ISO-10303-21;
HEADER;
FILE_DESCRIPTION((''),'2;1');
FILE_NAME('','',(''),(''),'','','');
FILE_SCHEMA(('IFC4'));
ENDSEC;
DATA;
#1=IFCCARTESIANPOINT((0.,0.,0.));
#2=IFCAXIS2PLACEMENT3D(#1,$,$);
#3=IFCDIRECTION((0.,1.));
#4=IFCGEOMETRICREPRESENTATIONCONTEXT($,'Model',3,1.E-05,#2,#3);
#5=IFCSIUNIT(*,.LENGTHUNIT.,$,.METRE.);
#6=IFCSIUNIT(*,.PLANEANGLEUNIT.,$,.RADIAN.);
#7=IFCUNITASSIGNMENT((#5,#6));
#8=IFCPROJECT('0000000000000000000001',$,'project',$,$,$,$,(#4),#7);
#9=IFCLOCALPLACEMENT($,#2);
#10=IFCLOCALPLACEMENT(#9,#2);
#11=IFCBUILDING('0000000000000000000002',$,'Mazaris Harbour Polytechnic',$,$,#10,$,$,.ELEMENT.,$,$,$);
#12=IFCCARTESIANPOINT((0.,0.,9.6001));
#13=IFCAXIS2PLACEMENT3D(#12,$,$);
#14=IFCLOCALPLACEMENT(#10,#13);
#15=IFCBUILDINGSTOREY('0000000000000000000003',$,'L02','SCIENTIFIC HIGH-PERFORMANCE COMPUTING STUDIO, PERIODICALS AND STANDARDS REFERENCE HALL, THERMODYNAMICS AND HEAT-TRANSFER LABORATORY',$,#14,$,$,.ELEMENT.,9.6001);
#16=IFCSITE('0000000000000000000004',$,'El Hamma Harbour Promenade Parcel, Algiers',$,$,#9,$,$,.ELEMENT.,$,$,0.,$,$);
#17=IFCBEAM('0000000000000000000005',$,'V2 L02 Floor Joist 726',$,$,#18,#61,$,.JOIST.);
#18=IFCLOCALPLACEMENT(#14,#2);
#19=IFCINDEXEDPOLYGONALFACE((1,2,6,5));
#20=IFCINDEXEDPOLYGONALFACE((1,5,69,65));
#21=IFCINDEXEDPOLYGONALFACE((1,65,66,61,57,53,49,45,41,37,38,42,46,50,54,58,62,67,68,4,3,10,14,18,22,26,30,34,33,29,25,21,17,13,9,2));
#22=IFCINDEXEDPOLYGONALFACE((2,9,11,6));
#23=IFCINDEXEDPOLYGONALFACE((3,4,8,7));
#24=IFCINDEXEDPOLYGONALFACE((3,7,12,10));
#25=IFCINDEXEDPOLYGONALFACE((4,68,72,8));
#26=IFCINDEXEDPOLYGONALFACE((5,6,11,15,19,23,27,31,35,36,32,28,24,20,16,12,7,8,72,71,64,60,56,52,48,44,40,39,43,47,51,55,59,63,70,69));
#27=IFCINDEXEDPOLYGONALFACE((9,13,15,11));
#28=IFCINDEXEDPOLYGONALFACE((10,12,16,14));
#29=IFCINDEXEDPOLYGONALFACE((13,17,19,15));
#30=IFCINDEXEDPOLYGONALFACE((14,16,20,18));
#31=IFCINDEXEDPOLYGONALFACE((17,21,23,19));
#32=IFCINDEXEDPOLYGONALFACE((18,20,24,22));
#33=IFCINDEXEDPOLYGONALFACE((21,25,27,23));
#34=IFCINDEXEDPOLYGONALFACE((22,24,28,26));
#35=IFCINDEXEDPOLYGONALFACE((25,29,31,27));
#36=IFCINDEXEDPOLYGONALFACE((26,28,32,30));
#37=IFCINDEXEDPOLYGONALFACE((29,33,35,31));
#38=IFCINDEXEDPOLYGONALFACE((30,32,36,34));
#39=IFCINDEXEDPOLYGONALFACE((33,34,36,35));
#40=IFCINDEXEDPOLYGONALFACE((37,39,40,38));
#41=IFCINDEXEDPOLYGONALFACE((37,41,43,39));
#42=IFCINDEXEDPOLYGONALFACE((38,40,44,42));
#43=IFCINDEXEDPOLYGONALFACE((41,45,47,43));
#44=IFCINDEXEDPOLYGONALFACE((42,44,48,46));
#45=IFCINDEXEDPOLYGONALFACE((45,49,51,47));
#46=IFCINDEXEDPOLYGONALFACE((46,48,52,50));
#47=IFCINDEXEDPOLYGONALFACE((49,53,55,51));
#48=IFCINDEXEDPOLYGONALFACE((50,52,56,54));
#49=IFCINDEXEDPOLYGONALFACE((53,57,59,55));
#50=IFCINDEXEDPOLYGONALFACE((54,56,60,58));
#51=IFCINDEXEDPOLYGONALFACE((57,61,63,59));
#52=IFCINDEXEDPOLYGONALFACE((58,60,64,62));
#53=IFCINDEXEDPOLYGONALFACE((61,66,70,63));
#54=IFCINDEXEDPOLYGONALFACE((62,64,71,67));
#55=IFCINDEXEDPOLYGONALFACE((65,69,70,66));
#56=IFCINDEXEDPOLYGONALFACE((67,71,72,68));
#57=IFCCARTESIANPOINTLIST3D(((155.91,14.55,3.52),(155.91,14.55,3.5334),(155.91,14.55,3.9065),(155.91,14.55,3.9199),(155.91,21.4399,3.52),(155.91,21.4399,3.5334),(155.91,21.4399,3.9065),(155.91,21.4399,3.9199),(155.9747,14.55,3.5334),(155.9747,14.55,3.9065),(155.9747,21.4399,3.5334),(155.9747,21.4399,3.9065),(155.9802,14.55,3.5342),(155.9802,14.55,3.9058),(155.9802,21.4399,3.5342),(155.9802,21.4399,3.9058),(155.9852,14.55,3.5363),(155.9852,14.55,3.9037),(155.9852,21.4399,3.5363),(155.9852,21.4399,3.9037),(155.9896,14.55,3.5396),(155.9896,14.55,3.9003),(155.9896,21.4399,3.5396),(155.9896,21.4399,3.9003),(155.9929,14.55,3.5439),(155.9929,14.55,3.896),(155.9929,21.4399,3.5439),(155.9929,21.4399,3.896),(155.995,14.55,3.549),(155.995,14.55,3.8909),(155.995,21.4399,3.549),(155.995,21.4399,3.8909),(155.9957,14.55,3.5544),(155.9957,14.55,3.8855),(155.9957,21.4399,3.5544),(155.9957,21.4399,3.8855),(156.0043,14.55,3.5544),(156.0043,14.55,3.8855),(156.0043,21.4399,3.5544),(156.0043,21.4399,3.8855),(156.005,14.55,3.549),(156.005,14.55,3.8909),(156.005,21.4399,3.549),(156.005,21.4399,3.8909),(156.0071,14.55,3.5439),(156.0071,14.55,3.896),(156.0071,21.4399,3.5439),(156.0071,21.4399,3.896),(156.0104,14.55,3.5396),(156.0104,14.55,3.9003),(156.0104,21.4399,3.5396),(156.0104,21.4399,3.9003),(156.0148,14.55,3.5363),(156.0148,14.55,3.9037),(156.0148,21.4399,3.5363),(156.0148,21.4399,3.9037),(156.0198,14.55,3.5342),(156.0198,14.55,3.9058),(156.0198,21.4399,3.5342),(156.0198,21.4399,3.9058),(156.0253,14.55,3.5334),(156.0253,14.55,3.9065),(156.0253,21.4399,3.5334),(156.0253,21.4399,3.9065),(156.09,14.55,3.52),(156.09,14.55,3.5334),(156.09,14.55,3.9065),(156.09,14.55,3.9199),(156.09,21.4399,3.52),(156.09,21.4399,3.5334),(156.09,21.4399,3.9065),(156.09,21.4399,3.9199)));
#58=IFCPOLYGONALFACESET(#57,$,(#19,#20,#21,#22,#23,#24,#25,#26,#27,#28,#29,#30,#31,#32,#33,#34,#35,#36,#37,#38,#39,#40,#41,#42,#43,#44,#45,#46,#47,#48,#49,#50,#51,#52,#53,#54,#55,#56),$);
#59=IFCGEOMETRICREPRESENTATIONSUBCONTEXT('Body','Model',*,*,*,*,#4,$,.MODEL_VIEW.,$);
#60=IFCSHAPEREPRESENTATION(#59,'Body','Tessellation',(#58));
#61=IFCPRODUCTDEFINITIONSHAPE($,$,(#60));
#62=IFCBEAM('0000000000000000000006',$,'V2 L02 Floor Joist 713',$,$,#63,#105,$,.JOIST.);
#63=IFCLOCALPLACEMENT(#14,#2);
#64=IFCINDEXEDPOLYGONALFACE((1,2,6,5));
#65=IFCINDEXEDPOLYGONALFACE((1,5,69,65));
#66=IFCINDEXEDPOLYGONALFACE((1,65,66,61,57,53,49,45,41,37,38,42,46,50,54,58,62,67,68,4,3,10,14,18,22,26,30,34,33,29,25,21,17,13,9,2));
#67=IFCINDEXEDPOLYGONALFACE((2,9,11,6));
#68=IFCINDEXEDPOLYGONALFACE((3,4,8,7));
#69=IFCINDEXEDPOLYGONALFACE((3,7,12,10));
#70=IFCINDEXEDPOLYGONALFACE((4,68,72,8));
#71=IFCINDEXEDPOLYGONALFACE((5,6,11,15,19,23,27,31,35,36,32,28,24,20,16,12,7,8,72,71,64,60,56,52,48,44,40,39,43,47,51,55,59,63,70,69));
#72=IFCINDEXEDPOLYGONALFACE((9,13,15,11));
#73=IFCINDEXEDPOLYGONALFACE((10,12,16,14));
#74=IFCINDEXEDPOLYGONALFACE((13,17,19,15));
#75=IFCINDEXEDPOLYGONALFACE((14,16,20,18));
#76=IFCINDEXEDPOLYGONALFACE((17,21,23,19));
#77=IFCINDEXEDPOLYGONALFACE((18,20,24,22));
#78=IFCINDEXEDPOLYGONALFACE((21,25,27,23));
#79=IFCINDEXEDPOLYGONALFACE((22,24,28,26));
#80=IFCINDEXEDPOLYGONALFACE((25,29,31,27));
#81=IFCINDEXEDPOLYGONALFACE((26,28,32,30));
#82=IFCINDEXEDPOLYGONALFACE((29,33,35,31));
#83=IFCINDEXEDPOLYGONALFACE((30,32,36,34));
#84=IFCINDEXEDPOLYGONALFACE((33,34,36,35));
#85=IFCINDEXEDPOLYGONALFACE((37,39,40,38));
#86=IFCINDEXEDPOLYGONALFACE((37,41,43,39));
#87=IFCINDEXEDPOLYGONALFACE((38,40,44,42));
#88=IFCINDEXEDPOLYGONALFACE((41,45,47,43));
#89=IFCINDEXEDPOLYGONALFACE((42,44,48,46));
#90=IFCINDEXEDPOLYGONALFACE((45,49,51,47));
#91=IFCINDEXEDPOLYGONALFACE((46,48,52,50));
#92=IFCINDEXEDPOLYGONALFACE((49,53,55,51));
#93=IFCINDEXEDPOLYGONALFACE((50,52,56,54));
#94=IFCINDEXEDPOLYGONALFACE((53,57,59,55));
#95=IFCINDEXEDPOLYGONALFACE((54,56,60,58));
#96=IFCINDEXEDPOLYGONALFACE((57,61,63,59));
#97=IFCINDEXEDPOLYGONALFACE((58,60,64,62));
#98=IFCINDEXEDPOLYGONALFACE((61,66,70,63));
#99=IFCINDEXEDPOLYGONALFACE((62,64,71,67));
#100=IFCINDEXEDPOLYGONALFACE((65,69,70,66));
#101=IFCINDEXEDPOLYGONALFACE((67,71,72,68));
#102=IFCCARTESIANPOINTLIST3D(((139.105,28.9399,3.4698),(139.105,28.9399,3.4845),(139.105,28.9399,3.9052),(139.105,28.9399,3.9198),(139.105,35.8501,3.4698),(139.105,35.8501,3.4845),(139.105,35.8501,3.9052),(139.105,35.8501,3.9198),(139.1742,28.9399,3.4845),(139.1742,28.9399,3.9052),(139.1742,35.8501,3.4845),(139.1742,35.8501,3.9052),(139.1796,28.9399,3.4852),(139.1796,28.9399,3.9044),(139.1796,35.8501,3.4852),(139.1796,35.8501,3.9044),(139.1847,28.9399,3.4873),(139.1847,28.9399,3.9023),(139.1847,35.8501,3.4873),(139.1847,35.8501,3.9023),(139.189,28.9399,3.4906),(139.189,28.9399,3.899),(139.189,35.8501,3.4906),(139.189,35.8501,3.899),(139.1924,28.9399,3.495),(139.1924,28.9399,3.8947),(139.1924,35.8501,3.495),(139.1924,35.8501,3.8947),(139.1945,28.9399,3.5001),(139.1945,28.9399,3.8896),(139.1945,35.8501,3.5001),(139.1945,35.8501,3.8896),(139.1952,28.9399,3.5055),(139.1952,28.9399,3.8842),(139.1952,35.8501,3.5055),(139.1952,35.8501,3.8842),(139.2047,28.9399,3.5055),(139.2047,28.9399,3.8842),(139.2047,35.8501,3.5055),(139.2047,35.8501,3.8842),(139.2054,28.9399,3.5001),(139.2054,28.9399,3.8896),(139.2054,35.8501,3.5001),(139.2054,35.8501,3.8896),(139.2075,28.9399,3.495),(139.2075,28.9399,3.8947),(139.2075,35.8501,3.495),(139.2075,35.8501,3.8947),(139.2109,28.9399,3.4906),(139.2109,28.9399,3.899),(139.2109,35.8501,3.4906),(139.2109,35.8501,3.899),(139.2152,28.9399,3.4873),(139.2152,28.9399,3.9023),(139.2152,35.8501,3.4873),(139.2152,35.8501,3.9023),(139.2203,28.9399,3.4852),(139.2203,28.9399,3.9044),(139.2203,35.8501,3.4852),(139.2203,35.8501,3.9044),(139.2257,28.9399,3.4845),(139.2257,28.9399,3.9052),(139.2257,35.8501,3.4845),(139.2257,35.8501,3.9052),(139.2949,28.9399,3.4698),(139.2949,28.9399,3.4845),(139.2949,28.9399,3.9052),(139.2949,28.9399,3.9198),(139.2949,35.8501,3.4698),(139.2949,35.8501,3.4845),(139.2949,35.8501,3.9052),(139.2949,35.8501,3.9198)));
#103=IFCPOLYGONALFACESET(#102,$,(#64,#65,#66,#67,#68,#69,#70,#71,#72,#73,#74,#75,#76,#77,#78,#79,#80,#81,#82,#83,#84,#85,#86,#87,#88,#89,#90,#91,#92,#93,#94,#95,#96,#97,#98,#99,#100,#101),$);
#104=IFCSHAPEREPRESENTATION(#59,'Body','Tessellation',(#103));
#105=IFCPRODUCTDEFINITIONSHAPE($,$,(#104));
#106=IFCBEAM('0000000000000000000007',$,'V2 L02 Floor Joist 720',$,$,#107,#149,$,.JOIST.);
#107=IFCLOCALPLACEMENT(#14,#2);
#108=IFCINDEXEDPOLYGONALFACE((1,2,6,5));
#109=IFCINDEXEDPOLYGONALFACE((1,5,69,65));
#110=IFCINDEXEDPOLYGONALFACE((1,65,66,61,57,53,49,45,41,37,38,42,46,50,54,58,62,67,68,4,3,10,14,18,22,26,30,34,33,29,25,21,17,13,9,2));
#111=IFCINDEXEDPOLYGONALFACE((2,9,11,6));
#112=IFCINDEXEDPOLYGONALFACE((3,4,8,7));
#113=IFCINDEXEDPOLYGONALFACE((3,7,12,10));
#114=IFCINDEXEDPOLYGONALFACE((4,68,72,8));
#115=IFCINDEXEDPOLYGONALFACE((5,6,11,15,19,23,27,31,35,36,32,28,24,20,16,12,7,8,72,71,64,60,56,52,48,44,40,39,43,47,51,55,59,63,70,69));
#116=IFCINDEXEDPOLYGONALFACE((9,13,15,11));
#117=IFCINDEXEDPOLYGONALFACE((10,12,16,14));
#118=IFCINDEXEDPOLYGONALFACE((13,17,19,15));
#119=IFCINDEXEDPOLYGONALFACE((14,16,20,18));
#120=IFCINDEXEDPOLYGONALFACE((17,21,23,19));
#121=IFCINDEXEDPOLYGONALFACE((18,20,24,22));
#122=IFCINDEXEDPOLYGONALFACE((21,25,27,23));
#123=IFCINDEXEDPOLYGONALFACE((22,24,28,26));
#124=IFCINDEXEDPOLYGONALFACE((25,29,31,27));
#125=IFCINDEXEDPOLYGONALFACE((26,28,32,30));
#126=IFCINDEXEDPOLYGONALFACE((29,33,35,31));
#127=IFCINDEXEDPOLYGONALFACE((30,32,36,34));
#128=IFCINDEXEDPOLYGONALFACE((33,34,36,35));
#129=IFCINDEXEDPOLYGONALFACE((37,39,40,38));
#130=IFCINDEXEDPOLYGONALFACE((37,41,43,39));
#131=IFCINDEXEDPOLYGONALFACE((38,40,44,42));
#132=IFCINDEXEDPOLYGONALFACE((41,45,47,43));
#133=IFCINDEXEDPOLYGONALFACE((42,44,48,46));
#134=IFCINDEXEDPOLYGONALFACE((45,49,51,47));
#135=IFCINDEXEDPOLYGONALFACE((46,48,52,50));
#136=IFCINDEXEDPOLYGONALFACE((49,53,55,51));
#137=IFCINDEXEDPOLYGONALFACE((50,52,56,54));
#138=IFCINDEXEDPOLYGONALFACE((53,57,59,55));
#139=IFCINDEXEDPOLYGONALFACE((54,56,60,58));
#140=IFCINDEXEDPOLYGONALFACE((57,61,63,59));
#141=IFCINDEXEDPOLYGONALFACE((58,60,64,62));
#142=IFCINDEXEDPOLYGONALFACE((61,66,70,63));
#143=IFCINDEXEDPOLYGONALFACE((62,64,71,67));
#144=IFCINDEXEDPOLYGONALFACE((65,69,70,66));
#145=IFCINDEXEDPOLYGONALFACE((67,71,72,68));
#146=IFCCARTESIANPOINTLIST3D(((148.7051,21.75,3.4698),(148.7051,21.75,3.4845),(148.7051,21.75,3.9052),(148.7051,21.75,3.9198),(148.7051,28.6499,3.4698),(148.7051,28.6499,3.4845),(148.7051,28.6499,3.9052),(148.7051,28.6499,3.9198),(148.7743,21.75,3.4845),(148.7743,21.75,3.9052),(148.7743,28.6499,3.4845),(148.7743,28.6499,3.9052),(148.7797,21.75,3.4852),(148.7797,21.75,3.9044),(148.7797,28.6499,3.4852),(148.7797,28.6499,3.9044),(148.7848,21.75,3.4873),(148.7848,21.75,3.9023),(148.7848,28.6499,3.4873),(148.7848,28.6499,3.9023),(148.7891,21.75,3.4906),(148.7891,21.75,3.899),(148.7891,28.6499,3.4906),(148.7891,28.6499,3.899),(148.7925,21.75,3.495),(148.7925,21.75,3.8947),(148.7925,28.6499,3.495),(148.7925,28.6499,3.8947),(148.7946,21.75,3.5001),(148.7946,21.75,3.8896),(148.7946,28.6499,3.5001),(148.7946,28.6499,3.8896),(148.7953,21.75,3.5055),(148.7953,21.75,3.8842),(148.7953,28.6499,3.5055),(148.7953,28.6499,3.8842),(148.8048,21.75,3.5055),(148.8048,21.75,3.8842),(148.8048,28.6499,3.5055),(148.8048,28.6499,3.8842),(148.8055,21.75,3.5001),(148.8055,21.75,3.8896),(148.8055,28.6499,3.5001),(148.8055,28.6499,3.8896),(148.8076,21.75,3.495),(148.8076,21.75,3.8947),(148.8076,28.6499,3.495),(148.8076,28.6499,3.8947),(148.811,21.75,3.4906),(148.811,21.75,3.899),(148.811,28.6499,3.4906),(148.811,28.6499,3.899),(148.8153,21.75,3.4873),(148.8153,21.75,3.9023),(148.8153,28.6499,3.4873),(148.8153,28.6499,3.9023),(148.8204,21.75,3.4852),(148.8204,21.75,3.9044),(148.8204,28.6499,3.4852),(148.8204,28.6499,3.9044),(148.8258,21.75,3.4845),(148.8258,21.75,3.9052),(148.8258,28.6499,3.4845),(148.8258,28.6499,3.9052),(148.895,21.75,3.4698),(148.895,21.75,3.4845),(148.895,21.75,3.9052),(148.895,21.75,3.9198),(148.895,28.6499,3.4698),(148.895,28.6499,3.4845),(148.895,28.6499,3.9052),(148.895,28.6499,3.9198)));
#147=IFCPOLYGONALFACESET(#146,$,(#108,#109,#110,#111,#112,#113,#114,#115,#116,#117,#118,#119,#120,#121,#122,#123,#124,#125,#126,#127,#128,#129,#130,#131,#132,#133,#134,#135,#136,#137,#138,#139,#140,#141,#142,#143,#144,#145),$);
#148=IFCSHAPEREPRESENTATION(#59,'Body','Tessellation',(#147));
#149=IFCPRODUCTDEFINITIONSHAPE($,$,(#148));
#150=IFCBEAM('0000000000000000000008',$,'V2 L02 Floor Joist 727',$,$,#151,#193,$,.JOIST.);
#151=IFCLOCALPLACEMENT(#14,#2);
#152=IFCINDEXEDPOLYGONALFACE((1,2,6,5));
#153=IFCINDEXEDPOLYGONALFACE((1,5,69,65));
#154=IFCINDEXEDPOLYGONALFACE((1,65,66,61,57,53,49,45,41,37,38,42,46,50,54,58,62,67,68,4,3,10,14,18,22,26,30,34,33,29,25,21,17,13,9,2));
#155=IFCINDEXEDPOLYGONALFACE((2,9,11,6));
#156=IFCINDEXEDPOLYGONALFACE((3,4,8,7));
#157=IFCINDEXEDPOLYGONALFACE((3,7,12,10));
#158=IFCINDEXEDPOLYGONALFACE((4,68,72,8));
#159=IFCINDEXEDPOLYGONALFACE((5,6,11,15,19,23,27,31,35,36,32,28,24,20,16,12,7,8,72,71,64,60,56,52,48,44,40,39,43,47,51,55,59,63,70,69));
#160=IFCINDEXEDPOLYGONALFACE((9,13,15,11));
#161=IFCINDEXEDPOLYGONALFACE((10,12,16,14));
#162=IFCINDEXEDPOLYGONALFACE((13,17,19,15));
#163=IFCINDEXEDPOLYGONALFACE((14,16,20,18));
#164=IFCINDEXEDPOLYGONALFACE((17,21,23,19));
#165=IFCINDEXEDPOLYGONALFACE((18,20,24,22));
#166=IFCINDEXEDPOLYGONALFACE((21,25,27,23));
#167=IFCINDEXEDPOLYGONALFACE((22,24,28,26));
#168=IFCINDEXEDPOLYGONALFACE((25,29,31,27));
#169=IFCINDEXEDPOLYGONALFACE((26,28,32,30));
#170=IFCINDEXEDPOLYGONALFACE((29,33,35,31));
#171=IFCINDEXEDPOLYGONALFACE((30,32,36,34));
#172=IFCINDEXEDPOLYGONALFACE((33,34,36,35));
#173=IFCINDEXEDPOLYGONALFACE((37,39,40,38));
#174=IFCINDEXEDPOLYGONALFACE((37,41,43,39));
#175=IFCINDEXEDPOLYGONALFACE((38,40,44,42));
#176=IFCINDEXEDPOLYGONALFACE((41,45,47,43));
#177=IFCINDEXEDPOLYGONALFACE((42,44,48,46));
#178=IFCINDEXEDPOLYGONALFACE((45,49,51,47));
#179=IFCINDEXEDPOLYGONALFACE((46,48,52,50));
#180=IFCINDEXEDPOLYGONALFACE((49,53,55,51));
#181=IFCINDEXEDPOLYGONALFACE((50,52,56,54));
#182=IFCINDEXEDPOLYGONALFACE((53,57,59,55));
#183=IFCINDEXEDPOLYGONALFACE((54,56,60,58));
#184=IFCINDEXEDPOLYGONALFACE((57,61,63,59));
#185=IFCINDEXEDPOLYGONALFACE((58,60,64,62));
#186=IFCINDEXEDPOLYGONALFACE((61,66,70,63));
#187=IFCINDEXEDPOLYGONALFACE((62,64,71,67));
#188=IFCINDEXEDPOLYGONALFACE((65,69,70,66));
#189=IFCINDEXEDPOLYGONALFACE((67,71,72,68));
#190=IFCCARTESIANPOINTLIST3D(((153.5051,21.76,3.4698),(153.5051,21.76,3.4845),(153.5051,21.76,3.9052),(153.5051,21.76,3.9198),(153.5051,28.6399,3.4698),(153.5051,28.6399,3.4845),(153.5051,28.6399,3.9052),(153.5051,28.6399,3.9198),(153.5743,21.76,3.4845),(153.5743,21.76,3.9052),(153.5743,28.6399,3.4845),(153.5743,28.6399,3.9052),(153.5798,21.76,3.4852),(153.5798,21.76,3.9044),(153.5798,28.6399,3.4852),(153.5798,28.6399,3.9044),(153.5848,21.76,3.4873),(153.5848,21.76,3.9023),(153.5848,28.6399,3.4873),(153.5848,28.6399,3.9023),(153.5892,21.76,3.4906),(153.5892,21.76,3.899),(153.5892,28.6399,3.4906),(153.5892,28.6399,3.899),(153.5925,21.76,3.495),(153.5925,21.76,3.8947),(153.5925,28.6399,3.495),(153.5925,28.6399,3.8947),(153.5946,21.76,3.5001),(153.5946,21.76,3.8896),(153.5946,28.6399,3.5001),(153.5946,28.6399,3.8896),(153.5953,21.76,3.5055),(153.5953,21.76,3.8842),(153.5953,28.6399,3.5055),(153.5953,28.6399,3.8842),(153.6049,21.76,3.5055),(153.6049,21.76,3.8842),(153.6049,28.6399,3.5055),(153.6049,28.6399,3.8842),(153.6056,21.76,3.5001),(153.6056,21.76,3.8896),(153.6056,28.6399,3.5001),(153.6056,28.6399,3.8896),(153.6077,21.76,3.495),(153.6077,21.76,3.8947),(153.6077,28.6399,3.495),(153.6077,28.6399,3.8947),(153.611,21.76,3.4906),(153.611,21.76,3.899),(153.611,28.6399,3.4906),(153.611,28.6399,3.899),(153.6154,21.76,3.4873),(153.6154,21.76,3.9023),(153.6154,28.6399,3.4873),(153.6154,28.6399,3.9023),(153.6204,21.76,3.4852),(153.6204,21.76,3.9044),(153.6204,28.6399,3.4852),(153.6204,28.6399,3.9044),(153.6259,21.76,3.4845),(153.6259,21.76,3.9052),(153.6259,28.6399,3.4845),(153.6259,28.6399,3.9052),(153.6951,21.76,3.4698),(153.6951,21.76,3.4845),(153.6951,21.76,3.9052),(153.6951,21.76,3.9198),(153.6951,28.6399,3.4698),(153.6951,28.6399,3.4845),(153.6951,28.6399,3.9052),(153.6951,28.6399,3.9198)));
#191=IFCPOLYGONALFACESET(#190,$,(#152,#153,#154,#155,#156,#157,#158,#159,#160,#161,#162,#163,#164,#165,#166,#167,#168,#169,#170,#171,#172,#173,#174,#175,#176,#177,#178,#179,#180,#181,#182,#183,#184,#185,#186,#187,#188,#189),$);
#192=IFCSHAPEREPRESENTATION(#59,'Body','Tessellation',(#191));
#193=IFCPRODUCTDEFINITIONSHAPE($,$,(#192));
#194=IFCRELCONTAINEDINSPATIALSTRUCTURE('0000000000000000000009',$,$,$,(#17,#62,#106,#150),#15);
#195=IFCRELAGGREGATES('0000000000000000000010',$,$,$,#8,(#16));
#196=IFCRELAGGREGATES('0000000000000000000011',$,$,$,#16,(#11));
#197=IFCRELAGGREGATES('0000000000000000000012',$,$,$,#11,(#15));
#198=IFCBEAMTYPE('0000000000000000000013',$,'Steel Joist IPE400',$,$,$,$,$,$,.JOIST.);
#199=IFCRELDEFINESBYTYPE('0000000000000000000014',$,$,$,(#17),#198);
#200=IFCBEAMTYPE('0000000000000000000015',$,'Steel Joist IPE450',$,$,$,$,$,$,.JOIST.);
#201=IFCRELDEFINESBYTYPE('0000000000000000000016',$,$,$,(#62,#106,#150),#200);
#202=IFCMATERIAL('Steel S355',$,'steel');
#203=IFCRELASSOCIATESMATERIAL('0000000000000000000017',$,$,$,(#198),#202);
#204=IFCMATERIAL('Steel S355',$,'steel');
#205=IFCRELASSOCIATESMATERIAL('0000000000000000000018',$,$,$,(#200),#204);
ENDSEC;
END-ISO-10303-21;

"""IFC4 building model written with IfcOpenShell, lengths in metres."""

from ifc_helpers import new_model, si_unit, direction, frame, origin, origin_2d, place, context, subcontext, project, spatial, i_section, extrude, material, material_profile, profile_set, type_object, element, save


model = new_model("IFC4")

# Units and contexts
model_context = context("Model", 3, precision=1e-05, world=origin(), true_north=direction((0.0, 1.0)))
body_context = subcontext(model_context, "Body", "Model", "MODEL_VIEW")
ifc_project = project(units=[si_unit("LENGTHUNIT", "METRE"), si_unit("PLANEANGLEUNIT", "RADIAN")], contexts=[model_context])

# Site, building, storey
site_placement = place(None, origin())
site = spatial("IfcSite", under=ifc_project, at=site_placement, Name="El Hamma Harbour Promenade Parcel, Algiers", CompositionType="ELEMENT", RefElevation=0.0)
building_placement = place(site_placement, origin())
building = spatial("IfcBuilding", under=site, at=building_placement, Name="Mazaris Harbour Polytechnic", CompositionType="ELEMENT")
storey_placement = place(building_placement, frame((0.0, 0.0, 9.6001)))
storey = spatial("IfcBuildingStorey", under=building, at=storey_placement, Name="L02", Description="SCIENTIFIC HIGH-PERFORMANCE COMPUTING STUDIO, PERIODICALS AND STANDARDS REFERENCE HALL, THERMODYNAMICS AND HEAT-TRANSFER LABORATORY", CompositionType="ELEMENT", Elevation=9.6001)

# Beams
ifc_material_1 = material(Name="Steel S355", Category="steel")
ifc_material_profile_1 = material_profile(ifc_material_1, i_section(OverallWidth=0.1799, OverallDepth=0.3999, WebThickness=0.0085, FlangeThickness=0.0134, FilletRadius=0.021, at=origin_2d()), Name="IPE 400")
ifc_profile_set_1 = profile_set([ifc_material_profile_1], Name="Steel S355")
beam_type_1 = type_object("IfcBeamType", Name="Steel Joist IPE400", PredefinedType="JOIST", material=ifc_profile_set_1)
beam_1_placement = place(storey_placement, frame((156.0, 14.55, 3.72), z_axis=(0.0, 1.0, 0.0), x_axis=(-1.0, 0.0, 0.0)))
element("IfcBeam", 1, at=beam_1_placement, inside=storey, type_object=beam_type_1, Name="V2 L02 Floor Joist 726", PredefinedType="JOIST", context=body_context, shape_type="SweptSolid", body=[
    extrude(i_section(OverallWidth=0.1799, OverallDepth=0.3999, WebThickness=0.0085, FlangeThickness=0.0134, FilletRadius=0.021, at=origin_2d()), origin(), (0.0, 0.0, 1.0), 6.8899),
])
ifc_material_2 = material(Name="Steel S355", Category="steel")
ifc_material_profile_2 = material_profile(ifc_material_2, i_section(OverallWidth=0.1899, OverallDepth=0.45, WebThickness=0.0095, FlangeThickness=0.0146, FilletRadius=0.021, at=origin_2d()), Name="IPE 450")
ifc_profile_set_2 = profile_set([ifc_material_profile_2], Name="Steel S355")
beam_type_2 = type_object("IfcBeamType", Name="Steel Joist IPE450", PredefinedType="JOIST", material=ifc_profile_set_2)
beam_2_placement = place(storey_placement, frame((139.2, 28.9399, 3.6948), z_axis=(0.0, 1.0, 0.0), x_axis=(-1.0, 0.0, 0.0)))
element("IfcBeam", 2, at=beam_2_placement, inside=storey, type_object=beam_type_2, Name="V2 L02 Floor Joist 713", PredefinedType="JOIST", context=body_context, shape_type="SweptSolid", body=[
    extrude(i_section(OverallWidth=0.1899, OverallDepth=0.45, WebThickness=0.0095, FlangeThickness=0.0146, FilletRadius=0.021, at=origin_2d()), origin(), (0.0, 0.0, 1.0), 6.9102),
])
beam_3_placement = place(storey_placement, frame((148.8, 21.75, 3.6948), z_axis=(0.0, 1.0, 0.0), x_axis=(-1.0, 0.0, 0.0)))
element("IfcBeam", 3, at=beam_3_placement, inside=storey, type_object=beam_type_2, Name="V2 L02 Floor Joist 720", PredefinedType="JOIST", context=body_context, shape_type="SweptSolid", body=[
    extrude(i_section(OverallWidth=0.1899, OverallDepth=0.45, WebThickness=0.0095, FlangeThickness=0.0146, FilletRadius=0.021, at=origin_2d()), origin(), (0.0, 0.0, 1.0), 6.8999),
])
beam_4_placement = place(storey_placement, frame((153.6001, 21.76, 3.6948), z_axis=(0.0, 1.0, 0.0), x_axis=(-1.0, 0.0, 0.0)))
element("IfcBeam", 4, at=beam_4_placement, inside=storey, type_object=beam_type_2, Name="V2 L02 Floor Joist 727", PredefinedType="JOIST", context=body_context, shape_type="SweptSolid", body=[
    extrude(i_section(OverallWidth=0.1899, OverallDepth=0.45, WebThickness=0.0095, FlangeThickness=0.0146, FilletRadius=0.021, at=origin_2d()), origin(), (0.0, 0.0, 1.0), 6.8799),
])

save(model, "model.ifc")
